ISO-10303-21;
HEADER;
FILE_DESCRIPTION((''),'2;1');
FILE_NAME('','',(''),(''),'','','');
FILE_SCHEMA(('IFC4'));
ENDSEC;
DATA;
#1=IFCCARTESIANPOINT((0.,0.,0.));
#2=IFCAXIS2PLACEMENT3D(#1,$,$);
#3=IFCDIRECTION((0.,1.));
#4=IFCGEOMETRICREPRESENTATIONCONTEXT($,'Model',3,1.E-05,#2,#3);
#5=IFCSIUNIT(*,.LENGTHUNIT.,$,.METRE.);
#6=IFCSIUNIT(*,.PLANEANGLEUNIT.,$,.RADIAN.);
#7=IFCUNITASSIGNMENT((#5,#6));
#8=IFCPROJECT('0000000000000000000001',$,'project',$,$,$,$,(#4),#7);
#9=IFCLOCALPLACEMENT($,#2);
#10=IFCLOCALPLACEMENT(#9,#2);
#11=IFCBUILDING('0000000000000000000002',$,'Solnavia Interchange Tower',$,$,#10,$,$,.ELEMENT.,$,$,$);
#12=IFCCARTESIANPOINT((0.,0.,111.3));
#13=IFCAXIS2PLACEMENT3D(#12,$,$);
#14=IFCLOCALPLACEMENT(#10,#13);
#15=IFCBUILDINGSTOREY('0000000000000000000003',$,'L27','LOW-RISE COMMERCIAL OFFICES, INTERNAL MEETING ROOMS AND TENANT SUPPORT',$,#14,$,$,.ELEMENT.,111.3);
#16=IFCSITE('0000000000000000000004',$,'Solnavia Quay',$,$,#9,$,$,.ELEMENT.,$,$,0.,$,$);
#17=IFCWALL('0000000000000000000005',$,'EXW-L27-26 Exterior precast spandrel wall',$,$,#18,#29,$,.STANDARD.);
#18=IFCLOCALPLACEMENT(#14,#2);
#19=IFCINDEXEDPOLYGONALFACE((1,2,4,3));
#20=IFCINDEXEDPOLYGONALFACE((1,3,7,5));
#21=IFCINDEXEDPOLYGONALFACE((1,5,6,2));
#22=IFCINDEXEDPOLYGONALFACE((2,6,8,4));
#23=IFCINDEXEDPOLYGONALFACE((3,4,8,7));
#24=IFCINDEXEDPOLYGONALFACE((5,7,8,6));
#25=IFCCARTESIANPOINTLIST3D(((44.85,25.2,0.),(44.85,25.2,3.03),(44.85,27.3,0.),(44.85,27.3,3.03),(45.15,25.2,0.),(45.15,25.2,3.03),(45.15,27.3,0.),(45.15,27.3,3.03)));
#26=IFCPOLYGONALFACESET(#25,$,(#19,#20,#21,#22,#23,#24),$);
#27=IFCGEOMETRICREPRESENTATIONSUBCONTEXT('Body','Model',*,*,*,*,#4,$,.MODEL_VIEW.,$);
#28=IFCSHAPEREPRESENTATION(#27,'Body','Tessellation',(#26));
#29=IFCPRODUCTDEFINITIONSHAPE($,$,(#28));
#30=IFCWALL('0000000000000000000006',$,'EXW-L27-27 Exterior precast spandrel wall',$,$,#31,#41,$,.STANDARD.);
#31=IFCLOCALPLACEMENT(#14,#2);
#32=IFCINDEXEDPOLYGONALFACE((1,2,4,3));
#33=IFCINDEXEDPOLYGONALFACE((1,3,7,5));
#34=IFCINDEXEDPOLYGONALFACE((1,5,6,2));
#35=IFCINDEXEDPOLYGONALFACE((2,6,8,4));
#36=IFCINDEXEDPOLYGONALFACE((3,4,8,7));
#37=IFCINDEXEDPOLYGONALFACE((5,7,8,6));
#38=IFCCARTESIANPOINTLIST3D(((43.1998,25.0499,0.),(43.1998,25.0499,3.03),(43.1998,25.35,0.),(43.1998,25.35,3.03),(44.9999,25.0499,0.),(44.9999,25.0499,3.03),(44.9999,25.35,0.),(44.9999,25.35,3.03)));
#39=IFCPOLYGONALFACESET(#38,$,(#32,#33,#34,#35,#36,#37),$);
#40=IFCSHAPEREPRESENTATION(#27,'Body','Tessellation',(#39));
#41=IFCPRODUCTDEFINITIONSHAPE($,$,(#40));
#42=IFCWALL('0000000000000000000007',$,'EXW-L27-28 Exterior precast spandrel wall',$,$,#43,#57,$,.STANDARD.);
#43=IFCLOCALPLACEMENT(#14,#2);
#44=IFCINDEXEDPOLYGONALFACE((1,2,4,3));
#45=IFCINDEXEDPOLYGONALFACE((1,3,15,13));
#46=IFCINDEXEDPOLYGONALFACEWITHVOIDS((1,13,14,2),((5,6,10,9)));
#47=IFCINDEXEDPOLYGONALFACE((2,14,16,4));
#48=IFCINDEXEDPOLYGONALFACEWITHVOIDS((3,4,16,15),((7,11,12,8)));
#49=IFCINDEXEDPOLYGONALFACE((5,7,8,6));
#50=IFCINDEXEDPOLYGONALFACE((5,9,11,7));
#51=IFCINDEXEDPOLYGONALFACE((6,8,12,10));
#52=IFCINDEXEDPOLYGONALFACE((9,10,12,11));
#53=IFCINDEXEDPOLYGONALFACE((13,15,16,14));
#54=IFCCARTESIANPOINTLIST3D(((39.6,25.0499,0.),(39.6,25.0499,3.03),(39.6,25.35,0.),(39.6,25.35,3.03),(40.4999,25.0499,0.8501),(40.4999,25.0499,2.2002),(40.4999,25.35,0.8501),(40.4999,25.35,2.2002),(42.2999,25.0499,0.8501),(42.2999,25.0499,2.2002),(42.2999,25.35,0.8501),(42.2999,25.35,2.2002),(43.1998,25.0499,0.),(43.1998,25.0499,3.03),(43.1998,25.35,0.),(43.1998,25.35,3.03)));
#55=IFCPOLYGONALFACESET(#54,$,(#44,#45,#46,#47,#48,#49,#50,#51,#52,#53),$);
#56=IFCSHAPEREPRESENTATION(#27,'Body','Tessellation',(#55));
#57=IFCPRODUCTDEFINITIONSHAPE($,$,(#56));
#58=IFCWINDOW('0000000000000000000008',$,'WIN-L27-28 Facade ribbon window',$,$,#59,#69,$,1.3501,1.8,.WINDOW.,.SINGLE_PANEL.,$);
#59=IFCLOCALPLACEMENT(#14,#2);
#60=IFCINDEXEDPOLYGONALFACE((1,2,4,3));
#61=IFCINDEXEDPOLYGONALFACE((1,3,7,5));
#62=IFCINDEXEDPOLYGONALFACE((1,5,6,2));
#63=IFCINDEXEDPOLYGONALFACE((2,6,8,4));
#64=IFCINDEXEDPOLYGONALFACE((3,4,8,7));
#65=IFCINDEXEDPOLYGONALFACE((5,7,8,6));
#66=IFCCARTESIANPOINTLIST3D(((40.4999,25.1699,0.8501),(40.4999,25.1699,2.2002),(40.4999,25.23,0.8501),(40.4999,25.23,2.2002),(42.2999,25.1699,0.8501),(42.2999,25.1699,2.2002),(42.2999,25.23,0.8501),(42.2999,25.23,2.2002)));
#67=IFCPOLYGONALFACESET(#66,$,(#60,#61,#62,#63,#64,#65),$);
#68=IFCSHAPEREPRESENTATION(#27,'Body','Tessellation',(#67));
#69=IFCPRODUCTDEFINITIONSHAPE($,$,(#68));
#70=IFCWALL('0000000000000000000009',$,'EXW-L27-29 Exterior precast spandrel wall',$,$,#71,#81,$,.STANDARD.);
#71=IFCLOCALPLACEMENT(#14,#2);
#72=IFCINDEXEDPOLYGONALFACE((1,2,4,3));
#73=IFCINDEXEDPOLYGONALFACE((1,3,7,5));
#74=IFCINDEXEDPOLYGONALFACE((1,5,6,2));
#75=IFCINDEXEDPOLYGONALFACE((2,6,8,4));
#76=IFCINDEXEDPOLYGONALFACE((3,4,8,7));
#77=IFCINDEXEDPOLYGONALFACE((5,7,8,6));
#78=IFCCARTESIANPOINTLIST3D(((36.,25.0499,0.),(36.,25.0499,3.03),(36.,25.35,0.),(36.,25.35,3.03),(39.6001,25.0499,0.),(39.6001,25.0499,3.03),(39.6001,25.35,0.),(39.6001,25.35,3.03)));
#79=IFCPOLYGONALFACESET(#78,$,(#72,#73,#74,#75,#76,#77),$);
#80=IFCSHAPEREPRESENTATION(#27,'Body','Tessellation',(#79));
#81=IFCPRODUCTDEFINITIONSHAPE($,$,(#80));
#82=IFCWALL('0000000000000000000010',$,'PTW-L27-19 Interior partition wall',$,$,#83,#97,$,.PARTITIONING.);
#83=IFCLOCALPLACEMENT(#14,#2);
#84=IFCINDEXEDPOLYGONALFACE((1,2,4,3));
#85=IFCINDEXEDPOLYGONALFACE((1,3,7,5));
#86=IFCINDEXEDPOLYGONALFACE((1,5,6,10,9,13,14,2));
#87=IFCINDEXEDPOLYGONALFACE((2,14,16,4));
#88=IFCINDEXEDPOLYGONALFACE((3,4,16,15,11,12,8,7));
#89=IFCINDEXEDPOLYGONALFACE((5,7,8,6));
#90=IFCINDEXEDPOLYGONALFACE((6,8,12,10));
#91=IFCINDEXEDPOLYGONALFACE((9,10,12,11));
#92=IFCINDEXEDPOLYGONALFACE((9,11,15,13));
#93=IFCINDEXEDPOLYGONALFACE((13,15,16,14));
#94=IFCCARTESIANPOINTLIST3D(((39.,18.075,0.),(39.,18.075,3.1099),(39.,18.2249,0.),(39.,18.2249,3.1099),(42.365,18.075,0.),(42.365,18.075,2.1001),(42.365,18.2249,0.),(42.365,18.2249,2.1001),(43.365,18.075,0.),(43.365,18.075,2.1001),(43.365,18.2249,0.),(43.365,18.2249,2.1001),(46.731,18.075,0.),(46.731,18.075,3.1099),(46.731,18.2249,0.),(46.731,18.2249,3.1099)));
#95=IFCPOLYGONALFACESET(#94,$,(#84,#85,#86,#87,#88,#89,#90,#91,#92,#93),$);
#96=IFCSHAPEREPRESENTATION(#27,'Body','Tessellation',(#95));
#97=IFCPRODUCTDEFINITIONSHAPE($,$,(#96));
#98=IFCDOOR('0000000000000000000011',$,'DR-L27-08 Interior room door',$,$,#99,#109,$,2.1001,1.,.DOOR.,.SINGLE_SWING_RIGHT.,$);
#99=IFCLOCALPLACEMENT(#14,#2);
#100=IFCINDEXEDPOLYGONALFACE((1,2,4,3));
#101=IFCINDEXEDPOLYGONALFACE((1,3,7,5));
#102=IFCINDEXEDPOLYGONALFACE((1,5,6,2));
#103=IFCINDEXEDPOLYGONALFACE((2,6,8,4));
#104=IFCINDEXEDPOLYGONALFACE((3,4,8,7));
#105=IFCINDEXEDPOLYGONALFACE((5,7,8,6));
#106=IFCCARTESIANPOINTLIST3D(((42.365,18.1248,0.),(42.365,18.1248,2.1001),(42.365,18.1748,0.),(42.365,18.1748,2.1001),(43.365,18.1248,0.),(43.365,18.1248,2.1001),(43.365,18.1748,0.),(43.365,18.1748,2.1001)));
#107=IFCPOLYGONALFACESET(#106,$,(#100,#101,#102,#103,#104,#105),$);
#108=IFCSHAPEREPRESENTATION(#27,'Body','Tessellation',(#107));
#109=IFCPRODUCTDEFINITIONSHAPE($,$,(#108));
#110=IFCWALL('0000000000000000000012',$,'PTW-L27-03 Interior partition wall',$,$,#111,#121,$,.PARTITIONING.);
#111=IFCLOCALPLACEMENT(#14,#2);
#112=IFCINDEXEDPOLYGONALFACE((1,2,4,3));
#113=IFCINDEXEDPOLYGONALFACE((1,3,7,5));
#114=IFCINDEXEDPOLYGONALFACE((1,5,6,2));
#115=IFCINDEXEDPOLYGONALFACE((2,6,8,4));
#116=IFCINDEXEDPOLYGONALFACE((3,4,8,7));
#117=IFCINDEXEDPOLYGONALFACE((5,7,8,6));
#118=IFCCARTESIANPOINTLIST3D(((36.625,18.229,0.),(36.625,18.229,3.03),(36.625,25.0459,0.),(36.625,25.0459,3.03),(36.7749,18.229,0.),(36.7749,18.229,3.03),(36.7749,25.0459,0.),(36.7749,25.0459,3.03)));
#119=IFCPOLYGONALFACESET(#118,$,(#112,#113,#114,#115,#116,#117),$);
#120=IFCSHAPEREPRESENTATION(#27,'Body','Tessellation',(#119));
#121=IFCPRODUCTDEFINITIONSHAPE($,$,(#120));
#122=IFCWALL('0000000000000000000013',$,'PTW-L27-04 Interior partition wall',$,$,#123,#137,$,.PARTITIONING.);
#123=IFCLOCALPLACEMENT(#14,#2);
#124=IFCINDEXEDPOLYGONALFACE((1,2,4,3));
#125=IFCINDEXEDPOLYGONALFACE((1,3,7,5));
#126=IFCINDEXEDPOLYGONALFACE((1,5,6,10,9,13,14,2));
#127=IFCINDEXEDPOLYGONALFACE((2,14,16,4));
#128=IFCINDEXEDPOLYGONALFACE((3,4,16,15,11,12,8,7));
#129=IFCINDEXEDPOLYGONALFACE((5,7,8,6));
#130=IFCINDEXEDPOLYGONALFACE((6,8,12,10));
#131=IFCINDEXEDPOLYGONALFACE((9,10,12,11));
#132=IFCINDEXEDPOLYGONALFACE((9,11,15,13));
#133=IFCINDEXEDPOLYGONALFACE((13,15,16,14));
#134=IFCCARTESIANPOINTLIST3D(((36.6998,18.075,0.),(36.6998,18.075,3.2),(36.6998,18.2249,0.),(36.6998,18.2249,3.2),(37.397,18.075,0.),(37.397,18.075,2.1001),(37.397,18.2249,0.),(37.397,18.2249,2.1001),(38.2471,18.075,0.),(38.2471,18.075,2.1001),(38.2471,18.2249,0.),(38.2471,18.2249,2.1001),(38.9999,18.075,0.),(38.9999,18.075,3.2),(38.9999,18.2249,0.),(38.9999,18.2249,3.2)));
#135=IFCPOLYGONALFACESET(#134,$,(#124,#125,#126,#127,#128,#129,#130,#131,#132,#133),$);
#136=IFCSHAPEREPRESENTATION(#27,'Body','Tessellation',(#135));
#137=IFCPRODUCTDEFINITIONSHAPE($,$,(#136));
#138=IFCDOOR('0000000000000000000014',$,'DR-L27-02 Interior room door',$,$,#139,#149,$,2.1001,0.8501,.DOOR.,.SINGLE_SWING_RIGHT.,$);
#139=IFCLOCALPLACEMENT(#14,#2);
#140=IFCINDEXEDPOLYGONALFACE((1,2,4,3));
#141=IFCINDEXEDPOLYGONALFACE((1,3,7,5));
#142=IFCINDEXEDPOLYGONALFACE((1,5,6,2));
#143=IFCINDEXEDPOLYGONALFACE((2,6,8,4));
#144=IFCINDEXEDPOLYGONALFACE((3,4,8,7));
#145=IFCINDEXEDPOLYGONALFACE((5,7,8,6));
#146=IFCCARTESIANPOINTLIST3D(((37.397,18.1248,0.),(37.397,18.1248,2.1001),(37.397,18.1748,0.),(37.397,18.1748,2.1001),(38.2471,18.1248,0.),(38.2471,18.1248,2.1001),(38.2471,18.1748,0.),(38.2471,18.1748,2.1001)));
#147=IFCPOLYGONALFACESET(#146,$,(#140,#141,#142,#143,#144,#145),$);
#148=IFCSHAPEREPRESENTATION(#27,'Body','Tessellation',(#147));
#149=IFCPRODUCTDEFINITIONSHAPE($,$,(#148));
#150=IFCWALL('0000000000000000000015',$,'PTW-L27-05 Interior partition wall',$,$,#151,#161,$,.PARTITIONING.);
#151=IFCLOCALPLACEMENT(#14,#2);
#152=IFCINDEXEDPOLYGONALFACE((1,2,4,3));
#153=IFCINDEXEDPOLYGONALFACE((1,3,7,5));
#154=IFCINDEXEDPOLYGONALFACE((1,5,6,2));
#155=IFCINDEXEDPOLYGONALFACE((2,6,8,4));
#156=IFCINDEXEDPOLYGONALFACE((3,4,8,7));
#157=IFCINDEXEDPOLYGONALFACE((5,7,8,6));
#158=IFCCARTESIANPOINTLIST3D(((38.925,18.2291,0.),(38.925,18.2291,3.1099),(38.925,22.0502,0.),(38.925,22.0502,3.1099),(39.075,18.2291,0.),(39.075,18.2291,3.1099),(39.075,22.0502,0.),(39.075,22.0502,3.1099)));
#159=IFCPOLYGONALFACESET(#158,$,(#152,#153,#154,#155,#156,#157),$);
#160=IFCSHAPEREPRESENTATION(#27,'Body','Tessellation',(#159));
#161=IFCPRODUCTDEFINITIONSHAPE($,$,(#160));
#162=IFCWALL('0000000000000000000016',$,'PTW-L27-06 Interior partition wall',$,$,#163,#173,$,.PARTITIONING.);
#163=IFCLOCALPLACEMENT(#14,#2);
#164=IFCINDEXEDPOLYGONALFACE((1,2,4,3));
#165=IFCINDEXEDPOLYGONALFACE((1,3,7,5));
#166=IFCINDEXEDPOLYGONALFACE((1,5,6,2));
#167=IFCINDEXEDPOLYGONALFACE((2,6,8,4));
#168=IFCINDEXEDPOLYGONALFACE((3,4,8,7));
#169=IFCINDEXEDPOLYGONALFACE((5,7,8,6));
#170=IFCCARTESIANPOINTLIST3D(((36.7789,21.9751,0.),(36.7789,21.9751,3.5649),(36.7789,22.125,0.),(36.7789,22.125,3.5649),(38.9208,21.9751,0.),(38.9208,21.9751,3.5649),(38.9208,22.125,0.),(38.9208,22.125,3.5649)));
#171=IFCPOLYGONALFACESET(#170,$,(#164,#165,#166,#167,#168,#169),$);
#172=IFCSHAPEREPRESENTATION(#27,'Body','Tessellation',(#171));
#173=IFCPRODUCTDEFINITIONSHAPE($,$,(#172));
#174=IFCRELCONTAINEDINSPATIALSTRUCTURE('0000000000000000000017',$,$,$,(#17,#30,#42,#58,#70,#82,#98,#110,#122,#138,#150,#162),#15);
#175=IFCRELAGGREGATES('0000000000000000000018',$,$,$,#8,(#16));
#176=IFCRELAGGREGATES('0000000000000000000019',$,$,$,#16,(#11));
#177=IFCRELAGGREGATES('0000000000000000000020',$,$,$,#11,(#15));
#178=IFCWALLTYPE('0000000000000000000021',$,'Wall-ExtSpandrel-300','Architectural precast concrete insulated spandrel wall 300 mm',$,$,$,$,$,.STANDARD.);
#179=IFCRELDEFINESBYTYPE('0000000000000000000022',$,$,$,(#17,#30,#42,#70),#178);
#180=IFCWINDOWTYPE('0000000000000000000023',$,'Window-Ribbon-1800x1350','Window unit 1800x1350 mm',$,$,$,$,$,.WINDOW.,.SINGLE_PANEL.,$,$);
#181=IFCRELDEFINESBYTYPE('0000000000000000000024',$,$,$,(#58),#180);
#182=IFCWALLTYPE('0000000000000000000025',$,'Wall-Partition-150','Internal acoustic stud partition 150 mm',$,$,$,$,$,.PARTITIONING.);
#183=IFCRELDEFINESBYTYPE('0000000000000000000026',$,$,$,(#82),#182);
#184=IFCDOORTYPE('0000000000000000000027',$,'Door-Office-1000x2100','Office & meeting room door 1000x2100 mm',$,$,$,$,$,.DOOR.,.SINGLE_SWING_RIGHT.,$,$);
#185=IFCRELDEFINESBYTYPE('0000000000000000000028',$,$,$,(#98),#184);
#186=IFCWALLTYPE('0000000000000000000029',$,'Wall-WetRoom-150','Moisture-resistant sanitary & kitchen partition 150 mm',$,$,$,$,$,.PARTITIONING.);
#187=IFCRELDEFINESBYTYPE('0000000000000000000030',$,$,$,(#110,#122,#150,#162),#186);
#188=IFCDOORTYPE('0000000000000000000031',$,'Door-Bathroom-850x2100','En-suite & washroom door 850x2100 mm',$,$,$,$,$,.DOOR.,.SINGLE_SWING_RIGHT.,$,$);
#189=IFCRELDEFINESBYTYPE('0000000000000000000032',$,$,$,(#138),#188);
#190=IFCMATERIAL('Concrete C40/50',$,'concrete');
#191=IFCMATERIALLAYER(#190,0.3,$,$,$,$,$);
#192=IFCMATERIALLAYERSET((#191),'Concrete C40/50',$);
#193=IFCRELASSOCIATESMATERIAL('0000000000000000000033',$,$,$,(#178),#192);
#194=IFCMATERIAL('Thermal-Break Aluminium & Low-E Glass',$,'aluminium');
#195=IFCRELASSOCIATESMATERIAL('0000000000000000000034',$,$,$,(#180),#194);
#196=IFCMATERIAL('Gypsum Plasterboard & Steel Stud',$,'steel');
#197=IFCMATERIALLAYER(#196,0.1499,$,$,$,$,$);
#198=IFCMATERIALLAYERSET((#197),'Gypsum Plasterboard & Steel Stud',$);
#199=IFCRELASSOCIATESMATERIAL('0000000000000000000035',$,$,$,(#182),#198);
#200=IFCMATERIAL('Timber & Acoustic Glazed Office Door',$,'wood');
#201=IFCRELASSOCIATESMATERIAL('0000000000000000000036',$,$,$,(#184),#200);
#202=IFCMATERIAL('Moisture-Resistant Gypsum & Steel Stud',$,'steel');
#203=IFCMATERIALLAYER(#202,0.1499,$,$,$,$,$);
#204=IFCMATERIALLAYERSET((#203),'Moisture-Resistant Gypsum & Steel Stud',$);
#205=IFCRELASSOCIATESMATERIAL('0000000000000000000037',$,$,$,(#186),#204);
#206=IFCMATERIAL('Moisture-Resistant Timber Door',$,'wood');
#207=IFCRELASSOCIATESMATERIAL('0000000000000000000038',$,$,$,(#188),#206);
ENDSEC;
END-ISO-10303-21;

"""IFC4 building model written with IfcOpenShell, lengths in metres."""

from ifc_helpers import new_model, si_unit, direction, frame, frame_2d, origin, place, context, subcontext, project, spatial, rectangle, extrude, material, layer, layer_set, type_object, element, fill, save


model = new_model("IFC4")

# Units and contexts
model_context = context("Model", 3, precision=1e-05, world=origin(), true_north=direction((0.0, 1.0)))
body_context = subcontext(model_context, "Body", "Model", "MODEL_VIEW")
ifc_project = project(units=[si_unit("LENGTHUNIT", "METRE"), si_unit("PLANEANGLEUNIT", "RADIAN")], contexts=[model_context])

# Site, building, storey
site_placement = place(None, origin())
site = spatial("IfcSite", under=ifc_project, at=site_placement, Name="Solnavia Quay", CompositionType="ELEMENT", RefElevation=0.0)
building_placement = place(site_placement, origin())
building = spatial("IfcBuilding", under=site, at=building_placement, Name="Solnavia Interchange Tower", CompositionType="ELEMENT")
storey_placement = place(building_placement, frame((0.0, 0.0, 111.3)))
storey = spatial("IfcBuildingStorey", under=building, at=storey_placement, Name="L27", Description="LOW-RISE COMMERCIAL OFFICES, INTERNAL MEETING ROOMS AND TENANT SUPPORT", CompositionType="ELEMENT", Elevation=111.3)

# Walls
ifc_material_1 = material(Name="Concrete C40/50", Category="concrete")
ifc_layer_1 = layer(ifc_material_1, 0.3)
ifc_layer_set_1 = layer_set([ifc_layer_1], Name="Concrete C40/50")
wall_type_1 = type_object("IfcWallType", Name="Wall-ExtSpandrel-300", Description="Architectural precast concrete insulated spandrel wall 300 mm", PredefinedType="STANDARD", material=ifc_layer_set_1)
wall_1_placement = place(storey_placement, frame((45.0, 27.3, 0.0), z_axis=(0.0, 0.0, 1.0), x_axis=(0.0, -1.0, 0.0)))
element("IfcWall", 1, at=wall_1_placement, inside=storey, type_object=wall_type_1, Name="EXW-L27-26 Exterior precast spandrel wall", PredefinedType="STANDARD", context=body_context, shape_type="SweptSolid", body=[
    extrude(rectangle(XDim=2.1001, YDim=0.3, at=frame_2d((1.05, 0.0))), origin(), (0.0, 0.0, 1.0), 3.03),
])
wall_2_placement = place(storey_placement, frame((43.2, 25.2, 0.0), z_axis=(0.0, 0.0, 1.0), x_axis=(1.0, 0.0, 0.0)))
element("IfcWall", 2, at=wall_2_placement, inside=storey, type_object=wall_type_1, Name="EXW-L27-27 Exterior precast spandrel wall", PredefinedType="STANDARD", context=body_context, shape_type="SweptSolid", body=[
    extrude(rectangle(XDim=1.8, YDim=0.3, at=frame_2d((0.8999, 0.0))), origin(), (0.0, 0.0, 1.0), 3.03),
])

# Wall, opening, window
wall_3_placement = place(storey_placement, frame((39.6001, 25.2, 0.0), z_axis=(0.0, 0.0, 1.0), x_axis=(1.0, 0.0, 0.0)))
wall_3 = element("IfcWall", 3, at=wall_3_placement, inside=storey, type_object=wall_type_1, Name="EXW-L27-28 Exterior precast spandrel wall", PredefinedType="STANDARD", context=body_context, shape_type="SweptSolid", body=[
    extrude(rectangle(XDim=3.5999, YDim=0.3, at=frame_2d((1.7998, 0.0))), origin(), (0.0, 0.0, 1.0), 3.03),
])
opening_1_placement = place(wall_3_placement, frame((0.8999, 0.0, 0.8501)))
opening_1 = element("IfcOpeningElement", 4, at=opening_1_placement, cuts=wall_3, PredefinedType="OPENING", context=body_context, shape_type="SweptSolid", body=[
    extrude(rectangle(XDim=1.8, YDim=1.3501, at=frame_2d((0.8999, 0.675))), frame((0.0, 0.1602, 0.0), z_axis=(0.0, -1.0, 0.0), x_axis=(1.0, 0.0, 0.0)), (0.0, 0.0, 1.0), 0.3201),
])
ifc_material_2 = material(Name="Thermal-Break Aluminium & Low-E Glass", Category="aluminium")
window_type = type_object("IfcWindowType", Name="Window-Ribbon-1800x1350", Description="Window unit 1800x1350 mm", PartitioningType="SINGLE_PANEL", PredefinedType="WINDOW", material=ifc_material_2)
window_placement = place(opening_1_placement, origin())
window = element("IfcWindow", 5, at=window_placement, inside=storey, type_object=window_type, Name="WIN-L27-28 Facade ribbon window", OverallHeight=1.3501, OverallWidth=1.8, PartitioningType="SINGLE_PANEL", PredefinedType="WINDOW", context=body_context, shape_type="SweptSolid", body=[
    extrude(rectangle(XDim=1.8, YDim=1.3501, at=frame_2d((0.8999, 0.675))), frame((0.0, 0.03, 0.0), z_axis=(0.0, -1.0, 0.0), x_axis=(1.0, 0.0, 0.0)), (0.0, 0.0, 1.0), 0.0601),
])
fill(opening_1, window)

# Wall
wall_4_placement = place(storey_placement, frame((36.0, 25.2, 0.0), z_axis=(0.0, 0.0, 1.0), x_axis=(1.0, 0.0, 0.0)))
element("IfcWall", 6, at=wall_4_placement, inside=storey, type_object=wall_type_1, Name="EXW-L27-29 Exterior precast spandrel wall", PredefinedType="STANDARD", context=body_context, shape_type="SweptSolid", body=[
    extrude(rectangle(XDim=3.6001, YDim=0.3, at=frame_2d((1.8, 0.0))), origin(), (0.0, 0.0, 1.0), 3.03),
])

# Wall, opening, door
ifc_material_3 = material(Name="Gypsum Plasterboard & Steel Stud", Category="steel")
ifc_layer_2 = layer(ifc_material_3, 0.1499)
ifc_layer_set_2 = layer_set([ifc_layer_2], Name="Gypsum Plasterboard & Steel Stud")
wall_type_2 = type_object("IfcWallType", Name="Wall-Partition-150", Description="Internal acoustic stud partition 150 mm", PredefinedType="PARTITIONING", material=ifc_layer_set_2)
wall_5_placement = place(storey_placement, frame((39.0, 18.1499, 0.0), z_axis=(0.0, 0.0, 1.0), x_axis=(1.0, 0.0, 0.0)))
wall_5 = element("IfcWall", 7, at=wall_5_placement, inside=storey, type_object=wall_type_2, Name="PTW-L27-19 Interior partition wall", PredefinedType="PARTITIONING", context=body_context, shape_type="SweptSolid", body=[
    extrude(rectangle(XDim=7.731, YDim=0.1499, at=frame_2d((3.8655, 0.0))), origin(), (0.0, 0.0, 1.0), 3.1099),
])
opening_2_placement = place(wall_5_placement, frame((3.365, 0.0, 0.0)))
opening_2 = element("IfcOpeningElement", 8, at=opening_2_placement, cuts=wall_5, PredefinedType="OPENING", context=body_context, shape_type="SweptSolid", body=[
    extrude(rectangle(XDim=1.0, YDim=2.1001, at=frame_2d((0.5, 1.05))), frame((0.0, 0.085, 0.0), z_axis=(0.0, -1.0, 0.0), x_axis=(1.0, 0.0, 0.0)), (0.0, 0.0, 1.0), 0.1699),
])
ifc_material_4 = material(Name="Timber & Acoustic Glazed Office Door", Category="wood")
door_type_1 = type_object("IfcDoorType", Name="Door-Office-1000x2100", Description="Office & meeting room door 1000x2100 mm", OperationType="SINGLE_SWING_RIGHT", PredefinedType="DOOR", material=ifc_material_4)
door_1_placement = place(opening_2_placement, origin())
door_1 = element("IfcDoor", 9, at=door_1_placement, inside=storey, type_object=door_type_1, Name="DR-L27-08 Interior room door", OperationType="SINGLE_SWING_RIGHT", OverallHeight=2.1001, OverallWidth=1.0, PredefinedType="DOOR", context=body_context, shape_type="SweptSolid", body=[
    extrude(rectangle(XDim=1.0, YDim=2.1001, at=frame_2d((0.5, 1.05))), frame((0.0, 0.0249, 0.0), z_axis=(0.0, -1.0, 0.0), x_axis=(1.0, 0.0, 0.0)), (0.0, 0.0, 1.0), 0.05),
])
fill(opening_2, door_1)

# Wall
ifc_material_5 = material(Name="Moisture-Resistant Gypsum & Steel Stud", Category="steel")
ifc_layer_3 = layer(ifc_material_5, 0.1499)
ifc_layer_set_3 = layer_set([ifc_layer_3], Name="Moisture-Resistant Gypsum & Steel Stud")
wall_type_3 = type_object("IfcWallType", Name="Wall-WetRoom-150", Description="Moisture-resistant sanitary & kitchen partition 150 mm", PredefinedType="PARTITIONING", material=ifc_layer_set_3)
wall_6_placement = place(storey_placement, frame((36.7, 18.229, 0.0), z_axis=(0.0, 0.0, 1.0), x_axis=(0.0, 1.0, 0.0)))
element("IfcWall", 10, at=wall_6_placement, inside=storey, type_object=wall_type_3, Name="PTW-L27-03 Interior partition wall", PredefinedType="PARTITIONING", context=body_context, shape_type="SweptSolid", body=[
    extrude(rectangle(XDim=6.8169, YDim=0.1499, at=frame_2d((3.4084, 0.0))), origin(), (0.0, 0.0, 1.0), 3.03),
])

# Wall, opening, door
wall_7_placement = place(storey_placement, frame((36.7, 18.1499, 0.0), z_axis=(0.0, 0.0, 1.0), x_axis=(1.0, 0.0, 0.0)))
wall_7 = element("IfcWall", 11, at=wall_7_placement, inside=storey, type_object=wall_type_3, Name="PTW-L27-04 Interior partition wall", PredefinedType="PARTITIONING", context=body_context, shape_type="SweptSolid", body=[
    extrude(rectangle(XDim=2.3, YDim=0.1499, at=frame_2d((1.1499, 0.0))), origin(), (0.0, 0.0, 1.0), 3.2),
])
opening_3_placement = place(wall_7_placement, frame((0.697, 0.0, 0.0)))
opening_3 = element("IfcOpeningElement", 12, at=opening_3_placement, cuts=wall_7, PredefinedType="OPENING", context=body_context, shape_type="SweptSolid", body=[
    extrude(rectangle(XDim=0.8501, YDim=2.1001, at=frame_2d((0.425, 1.05))), frame((0.0, 0.085, 0.0), z_axis=(0.0, -1.0, 0.0), x_axis=(1.0, 0.0, 0.0)), (0.0, 0.0, 1.0), 0.1699),
])
ifc_material_6 = material(Name="Moisture-Resistant Timber Door", Category="wood")
door_type_2 = type_object("IfcDoorType", Name="Door-Bathroom-850x2100", Description="En-suite & washroom door 850x2100 mm", OperationType="SINGLE_SWING_RIGHT", PredefinedType="DOOR", material=ifc_material_6)
door_2_placement = place(opening_3_placement, origin())
door_2 = element("IfcDoor", 13, at=door_2_placement, inside=storey, type_object=door_type_2, Name="DR-L27-02 Interior room door", OperationType="SINGLE_SWING_RIGHT", OverallHeight=2.1001, OverallWidth=0.8501, PredefinedType="DOOR", context=body_context, shape_type="SweptSolid", body=[
    extrude(rectangle(XDim=0.8501, YDim=2.1001, at=frame_2d((0.425, 1.05))), frame((0.0, 0.0249, 0.0), z_axis=(0.0, -1.0, 0.0), x_axis=(1.0, 0.0, 0.0)), (0.0, 0.0, 1.0), 0.05),
])
fill(opening_3, door_2)

# Walls
wall_8_placement = place(storey_placement, frame((39.0, 18.229, 0.0), z_axis=(0.0, 0.0, 1.0), x_axis=(0.0, 1.0, 0.0)))
element("IfcWall", 14, at=wall_8_placement, inside=storey, type_object=wall_type_3, Name="PTW-L27-05 Interior partition wall", PredefinedType="PARTITIONING", context=body_context, shape_type="SweptSolid", body=[
    extrude(rectangle(XDim=3.821, YDim=0.1499, at=frame_2d((1.9106, 0.0))), origin(), (0.0, 0.0, 1.0), 3.1099),
])
wall_9_placement = place(storey_placement, frame((36.7791, 22.05, 0.0), z_axis=(0.0, 0.0, 1.0), x_axis=(1.0, 0.0, 0.0)))
element("IfcWall", 15, at=wall_9_placement, inside=storey, type_object=wall_type_3, Name="PTW-L27-06 Interior partition wall", PredefinedType="PARTITIONING", context=body_context, shape_type="SweptSolid", body=[
    extrude(rectangle(XDim=2.1418, YDim=0.1499, at=frame_2d((1.0708, 0.0))), origin(), (0.0, 0.0, 1.0), 3.5649),
])

save(model, "model.ifc")
